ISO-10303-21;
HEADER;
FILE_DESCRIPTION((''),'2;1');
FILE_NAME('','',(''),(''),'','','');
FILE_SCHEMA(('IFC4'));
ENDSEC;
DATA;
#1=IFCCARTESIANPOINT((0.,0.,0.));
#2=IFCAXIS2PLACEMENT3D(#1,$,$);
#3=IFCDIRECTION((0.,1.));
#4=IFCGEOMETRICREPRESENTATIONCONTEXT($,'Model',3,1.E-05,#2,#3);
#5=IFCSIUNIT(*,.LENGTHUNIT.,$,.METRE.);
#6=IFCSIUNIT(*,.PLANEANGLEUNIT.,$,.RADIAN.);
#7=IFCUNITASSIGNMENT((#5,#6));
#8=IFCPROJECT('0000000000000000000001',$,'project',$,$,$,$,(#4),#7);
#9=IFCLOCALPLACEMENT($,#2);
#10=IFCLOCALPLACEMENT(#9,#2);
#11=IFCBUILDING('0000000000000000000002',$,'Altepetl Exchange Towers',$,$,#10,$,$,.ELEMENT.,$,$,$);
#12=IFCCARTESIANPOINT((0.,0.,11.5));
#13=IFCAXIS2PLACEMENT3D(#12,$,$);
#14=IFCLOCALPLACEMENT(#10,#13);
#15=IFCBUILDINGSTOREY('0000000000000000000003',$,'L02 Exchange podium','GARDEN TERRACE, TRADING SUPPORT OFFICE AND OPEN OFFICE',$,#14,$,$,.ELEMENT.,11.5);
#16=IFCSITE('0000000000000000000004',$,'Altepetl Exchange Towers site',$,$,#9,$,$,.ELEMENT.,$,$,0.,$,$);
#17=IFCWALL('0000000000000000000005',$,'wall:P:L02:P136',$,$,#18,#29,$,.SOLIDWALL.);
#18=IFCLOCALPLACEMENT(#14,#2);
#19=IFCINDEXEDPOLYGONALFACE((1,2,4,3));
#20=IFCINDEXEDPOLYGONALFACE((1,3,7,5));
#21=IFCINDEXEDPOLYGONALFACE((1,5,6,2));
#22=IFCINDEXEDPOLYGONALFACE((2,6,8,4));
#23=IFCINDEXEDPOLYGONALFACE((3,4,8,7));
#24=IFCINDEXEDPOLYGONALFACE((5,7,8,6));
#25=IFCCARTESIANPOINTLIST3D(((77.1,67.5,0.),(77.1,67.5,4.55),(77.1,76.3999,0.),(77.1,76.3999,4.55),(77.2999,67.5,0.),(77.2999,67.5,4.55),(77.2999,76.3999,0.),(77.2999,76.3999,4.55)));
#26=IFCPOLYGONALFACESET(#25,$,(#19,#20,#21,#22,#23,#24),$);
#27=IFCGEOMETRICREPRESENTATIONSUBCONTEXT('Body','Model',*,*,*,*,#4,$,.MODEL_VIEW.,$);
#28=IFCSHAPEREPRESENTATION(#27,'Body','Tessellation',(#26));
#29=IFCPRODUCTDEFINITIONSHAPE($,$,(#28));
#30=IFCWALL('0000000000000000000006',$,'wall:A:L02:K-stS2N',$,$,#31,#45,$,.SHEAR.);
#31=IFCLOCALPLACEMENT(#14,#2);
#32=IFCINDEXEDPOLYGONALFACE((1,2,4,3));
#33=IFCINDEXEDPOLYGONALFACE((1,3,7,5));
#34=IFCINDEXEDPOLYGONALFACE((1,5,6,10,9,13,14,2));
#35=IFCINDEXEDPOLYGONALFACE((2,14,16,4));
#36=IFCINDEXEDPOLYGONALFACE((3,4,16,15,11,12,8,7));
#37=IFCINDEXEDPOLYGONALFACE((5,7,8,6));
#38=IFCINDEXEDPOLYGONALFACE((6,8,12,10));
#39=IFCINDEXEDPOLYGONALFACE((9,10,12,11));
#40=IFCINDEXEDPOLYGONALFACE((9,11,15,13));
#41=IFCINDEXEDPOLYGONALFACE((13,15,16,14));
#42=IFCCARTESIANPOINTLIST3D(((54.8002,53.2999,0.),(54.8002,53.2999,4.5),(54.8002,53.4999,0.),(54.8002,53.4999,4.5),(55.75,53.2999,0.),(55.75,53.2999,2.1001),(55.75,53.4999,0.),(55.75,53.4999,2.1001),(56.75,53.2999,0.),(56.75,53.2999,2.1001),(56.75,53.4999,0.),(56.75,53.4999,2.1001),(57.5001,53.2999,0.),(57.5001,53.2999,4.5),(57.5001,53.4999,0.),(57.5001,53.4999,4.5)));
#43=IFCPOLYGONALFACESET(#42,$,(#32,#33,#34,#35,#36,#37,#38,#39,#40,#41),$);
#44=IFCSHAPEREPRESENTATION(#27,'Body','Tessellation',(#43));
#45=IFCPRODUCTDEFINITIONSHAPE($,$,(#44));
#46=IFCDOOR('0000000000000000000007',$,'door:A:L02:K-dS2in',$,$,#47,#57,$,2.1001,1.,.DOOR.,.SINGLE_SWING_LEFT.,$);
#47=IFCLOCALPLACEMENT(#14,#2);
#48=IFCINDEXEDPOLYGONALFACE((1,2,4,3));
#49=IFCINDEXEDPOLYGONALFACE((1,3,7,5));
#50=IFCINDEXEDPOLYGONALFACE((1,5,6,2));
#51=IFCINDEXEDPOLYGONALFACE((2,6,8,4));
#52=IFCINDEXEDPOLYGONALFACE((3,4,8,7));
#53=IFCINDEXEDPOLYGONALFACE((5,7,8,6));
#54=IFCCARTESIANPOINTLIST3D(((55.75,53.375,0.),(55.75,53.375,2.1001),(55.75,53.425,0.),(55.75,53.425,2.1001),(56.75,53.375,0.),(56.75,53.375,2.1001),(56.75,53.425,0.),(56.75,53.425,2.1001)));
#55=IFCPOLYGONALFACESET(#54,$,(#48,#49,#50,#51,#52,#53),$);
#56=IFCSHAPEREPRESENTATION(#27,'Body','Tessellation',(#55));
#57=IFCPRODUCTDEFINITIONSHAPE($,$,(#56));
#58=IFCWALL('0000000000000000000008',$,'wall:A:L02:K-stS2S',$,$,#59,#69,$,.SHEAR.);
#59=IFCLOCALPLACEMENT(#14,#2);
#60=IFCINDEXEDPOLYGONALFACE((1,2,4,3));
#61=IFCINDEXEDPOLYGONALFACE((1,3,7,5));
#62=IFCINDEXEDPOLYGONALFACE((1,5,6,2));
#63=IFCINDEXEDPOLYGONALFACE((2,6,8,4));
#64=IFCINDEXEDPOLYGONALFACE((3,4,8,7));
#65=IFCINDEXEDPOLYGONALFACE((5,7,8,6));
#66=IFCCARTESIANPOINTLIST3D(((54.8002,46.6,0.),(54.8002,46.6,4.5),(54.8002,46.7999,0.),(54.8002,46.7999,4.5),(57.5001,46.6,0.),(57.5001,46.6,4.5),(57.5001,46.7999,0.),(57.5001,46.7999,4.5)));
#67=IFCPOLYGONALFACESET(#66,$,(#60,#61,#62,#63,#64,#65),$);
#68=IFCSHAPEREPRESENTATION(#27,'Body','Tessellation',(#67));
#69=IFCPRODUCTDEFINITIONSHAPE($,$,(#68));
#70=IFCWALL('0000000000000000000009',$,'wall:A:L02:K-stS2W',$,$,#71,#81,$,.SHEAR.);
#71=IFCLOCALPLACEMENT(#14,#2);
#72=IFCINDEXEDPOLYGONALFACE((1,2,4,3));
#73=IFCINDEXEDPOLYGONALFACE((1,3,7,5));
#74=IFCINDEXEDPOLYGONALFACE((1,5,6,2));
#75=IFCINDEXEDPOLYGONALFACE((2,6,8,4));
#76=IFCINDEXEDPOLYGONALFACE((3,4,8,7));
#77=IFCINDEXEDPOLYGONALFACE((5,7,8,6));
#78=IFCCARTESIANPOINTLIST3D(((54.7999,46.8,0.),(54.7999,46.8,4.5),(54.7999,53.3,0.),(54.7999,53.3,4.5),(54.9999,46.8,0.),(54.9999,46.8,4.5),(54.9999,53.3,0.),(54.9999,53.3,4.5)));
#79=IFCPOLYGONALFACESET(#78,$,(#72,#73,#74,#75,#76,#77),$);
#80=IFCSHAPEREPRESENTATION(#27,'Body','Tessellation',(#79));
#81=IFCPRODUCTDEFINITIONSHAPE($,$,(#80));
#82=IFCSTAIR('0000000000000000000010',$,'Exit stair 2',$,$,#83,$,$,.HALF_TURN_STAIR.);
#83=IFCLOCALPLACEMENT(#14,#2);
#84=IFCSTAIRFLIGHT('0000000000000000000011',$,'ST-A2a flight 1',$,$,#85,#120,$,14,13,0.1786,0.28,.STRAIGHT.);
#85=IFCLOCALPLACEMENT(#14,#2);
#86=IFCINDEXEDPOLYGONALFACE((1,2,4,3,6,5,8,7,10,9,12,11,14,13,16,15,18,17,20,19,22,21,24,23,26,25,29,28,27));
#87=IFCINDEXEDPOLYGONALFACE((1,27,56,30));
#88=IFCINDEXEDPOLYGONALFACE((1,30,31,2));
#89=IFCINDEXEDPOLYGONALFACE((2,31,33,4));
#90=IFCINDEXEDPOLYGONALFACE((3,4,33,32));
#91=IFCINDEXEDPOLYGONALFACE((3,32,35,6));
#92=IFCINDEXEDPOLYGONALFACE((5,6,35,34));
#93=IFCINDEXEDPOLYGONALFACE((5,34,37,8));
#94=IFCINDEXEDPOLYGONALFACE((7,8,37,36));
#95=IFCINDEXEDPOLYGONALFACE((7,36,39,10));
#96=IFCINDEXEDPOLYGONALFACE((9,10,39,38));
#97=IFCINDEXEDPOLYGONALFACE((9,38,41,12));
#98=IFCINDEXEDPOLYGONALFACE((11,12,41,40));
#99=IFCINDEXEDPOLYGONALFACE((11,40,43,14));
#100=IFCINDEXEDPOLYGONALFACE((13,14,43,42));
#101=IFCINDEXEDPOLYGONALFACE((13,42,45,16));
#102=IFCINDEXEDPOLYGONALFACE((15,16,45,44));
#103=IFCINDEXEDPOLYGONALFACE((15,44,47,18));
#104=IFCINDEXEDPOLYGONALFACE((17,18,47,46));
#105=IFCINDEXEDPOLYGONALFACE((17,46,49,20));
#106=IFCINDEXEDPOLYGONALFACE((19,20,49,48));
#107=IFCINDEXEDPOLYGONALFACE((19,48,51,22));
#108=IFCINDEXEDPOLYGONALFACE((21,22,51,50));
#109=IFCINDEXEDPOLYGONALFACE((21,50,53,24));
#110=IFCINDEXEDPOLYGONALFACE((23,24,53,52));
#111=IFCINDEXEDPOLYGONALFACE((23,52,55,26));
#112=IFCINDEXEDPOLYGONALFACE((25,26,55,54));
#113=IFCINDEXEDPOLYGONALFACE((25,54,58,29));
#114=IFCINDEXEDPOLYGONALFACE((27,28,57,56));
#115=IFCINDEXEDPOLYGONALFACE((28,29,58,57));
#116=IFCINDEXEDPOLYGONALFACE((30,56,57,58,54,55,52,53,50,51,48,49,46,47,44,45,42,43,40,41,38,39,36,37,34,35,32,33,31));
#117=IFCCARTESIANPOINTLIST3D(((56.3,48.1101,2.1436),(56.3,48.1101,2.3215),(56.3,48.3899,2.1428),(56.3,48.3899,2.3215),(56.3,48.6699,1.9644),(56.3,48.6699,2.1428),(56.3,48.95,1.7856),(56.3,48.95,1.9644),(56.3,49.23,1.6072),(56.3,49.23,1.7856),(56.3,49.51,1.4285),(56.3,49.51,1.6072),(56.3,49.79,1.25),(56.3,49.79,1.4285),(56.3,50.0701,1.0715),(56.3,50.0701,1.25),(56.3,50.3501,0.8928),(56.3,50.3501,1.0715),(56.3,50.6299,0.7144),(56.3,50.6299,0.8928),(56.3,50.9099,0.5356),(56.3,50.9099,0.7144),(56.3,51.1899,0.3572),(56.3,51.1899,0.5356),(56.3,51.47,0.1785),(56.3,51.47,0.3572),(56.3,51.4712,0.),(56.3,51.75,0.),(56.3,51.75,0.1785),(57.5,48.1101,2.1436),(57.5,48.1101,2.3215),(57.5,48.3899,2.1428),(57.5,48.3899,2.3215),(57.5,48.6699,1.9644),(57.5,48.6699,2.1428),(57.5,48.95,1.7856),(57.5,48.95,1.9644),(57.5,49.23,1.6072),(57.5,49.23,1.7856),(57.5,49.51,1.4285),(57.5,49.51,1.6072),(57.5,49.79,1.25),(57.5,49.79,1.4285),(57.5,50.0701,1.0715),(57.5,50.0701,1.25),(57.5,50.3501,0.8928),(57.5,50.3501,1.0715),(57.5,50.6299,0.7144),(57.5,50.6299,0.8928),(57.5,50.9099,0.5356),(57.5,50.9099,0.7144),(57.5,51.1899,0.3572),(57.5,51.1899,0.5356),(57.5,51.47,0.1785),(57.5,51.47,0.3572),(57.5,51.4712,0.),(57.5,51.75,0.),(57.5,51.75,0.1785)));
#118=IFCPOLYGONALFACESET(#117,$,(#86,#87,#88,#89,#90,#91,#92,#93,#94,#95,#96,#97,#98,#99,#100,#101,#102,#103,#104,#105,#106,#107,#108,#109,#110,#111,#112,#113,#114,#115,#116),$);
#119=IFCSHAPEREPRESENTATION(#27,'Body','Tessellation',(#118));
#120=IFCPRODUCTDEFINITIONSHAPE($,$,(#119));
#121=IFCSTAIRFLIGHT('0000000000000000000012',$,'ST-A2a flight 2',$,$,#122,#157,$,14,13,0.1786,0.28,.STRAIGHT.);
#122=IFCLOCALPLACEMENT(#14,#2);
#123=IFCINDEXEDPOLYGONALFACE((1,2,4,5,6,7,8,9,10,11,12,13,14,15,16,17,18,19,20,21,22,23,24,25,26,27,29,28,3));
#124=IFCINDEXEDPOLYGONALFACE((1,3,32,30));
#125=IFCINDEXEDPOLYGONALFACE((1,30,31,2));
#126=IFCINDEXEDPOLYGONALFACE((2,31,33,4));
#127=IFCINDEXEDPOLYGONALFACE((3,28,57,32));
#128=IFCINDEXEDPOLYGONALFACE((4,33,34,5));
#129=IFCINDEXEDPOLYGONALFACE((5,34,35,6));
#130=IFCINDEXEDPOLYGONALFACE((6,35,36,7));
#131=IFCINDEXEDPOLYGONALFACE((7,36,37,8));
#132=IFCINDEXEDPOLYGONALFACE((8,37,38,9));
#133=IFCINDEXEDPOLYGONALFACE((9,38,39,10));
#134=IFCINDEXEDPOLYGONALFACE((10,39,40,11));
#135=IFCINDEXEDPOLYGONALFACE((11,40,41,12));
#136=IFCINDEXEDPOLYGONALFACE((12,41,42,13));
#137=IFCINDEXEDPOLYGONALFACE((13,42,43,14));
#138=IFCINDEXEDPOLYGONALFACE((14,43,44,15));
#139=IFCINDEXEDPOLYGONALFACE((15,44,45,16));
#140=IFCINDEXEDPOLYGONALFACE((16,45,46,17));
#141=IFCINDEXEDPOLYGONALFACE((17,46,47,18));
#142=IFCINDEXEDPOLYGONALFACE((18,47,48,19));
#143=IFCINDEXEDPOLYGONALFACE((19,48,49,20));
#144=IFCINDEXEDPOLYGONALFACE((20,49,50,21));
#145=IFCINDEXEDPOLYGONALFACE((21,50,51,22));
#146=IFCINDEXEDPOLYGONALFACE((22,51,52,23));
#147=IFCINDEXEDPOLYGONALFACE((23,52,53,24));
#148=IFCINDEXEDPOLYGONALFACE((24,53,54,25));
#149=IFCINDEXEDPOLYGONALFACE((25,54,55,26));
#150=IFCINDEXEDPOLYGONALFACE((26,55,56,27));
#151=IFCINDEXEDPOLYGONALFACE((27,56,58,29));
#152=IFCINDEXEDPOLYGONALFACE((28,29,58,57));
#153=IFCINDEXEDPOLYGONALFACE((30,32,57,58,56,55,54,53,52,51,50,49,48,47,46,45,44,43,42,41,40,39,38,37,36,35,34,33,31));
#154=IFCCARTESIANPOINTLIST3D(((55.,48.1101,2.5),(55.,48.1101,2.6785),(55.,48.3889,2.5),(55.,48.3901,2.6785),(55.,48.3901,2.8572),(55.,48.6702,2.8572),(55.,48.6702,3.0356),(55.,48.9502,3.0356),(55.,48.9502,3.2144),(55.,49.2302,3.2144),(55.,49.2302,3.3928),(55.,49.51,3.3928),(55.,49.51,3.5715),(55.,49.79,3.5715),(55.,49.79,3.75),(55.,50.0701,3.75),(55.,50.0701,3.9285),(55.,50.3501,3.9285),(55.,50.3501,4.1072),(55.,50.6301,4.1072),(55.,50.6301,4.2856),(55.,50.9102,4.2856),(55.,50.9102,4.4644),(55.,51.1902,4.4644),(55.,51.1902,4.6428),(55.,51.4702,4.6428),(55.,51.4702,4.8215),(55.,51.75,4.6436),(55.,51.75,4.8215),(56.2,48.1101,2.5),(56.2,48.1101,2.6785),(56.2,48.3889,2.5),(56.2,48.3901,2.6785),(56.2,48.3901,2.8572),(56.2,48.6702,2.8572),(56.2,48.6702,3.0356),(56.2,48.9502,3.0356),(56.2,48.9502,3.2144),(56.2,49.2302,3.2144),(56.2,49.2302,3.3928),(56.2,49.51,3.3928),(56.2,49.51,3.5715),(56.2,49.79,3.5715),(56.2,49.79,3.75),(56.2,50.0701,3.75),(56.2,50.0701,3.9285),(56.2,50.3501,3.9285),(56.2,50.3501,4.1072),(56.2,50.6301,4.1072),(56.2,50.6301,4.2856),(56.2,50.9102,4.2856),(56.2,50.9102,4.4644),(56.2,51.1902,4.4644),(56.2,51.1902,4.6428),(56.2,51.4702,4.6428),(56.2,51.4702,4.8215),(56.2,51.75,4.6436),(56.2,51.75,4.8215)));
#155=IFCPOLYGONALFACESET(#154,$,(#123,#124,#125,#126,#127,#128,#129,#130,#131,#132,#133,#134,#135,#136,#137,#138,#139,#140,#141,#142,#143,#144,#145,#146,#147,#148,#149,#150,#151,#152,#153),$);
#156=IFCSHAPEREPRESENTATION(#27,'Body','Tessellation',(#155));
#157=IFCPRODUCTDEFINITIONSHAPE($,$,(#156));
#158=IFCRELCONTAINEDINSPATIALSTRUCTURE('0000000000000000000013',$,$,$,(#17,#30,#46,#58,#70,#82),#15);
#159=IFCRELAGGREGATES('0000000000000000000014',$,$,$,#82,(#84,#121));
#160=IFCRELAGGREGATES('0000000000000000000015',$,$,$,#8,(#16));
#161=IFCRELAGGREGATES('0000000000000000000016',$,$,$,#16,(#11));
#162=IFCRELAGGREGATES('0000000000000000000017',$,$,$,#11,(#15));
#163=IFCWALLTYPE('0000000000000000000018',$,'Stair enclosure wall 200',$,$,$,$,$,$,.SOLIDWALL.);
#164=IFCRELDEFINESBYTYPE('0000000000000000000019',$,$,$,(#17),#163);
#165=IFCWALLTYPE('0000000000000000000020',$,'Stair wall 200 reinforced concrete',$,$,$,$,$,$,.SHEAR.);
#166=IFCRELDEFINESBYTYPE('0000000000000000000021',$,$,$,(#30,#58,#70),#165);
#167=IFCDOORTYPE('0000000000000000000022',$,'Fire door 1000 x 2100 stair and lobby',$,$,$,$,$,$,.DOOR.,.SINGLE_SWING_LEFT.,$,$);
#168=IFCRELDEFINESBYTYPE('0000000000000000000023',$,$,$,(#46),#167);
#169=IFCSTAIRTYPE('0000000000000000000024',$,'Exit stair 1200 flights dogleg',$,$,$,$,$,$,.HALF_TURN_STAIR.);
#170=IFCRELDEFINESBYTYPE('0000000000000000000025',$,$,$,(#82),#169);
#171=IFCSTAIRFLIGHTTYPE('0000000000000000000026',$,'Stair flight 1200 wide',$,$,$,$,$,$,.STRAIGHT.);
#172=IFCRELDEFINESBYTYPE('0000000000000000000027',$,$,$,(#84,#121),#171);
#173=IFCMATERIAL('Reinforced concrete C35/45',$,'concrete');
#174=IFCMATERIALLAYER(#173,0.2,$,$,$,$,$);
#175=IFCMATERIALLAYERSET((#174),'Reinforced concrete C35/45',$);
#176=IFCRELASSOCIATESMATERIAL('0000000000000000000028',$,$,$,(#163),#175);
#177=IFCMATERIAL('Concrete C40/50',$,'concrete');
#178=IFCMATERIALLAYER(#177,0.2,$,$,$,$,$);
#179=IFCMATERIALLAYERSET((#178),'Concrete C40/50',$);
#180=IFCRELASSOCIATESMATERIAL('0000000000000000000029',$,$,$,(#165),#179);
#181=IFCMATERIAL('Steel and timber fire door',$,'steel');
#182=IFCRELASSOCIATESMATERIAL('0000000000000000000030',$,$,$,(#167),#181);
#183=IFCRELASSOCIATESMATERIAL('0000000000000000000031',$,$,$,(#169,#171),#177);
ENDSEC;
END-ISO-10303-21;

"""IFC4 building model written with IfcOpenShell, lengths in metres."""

from ifc_helpers import new_model, si_unit, direction, frame, frame_2d, origin, place, context, subcontext, project, spatial, polyline, rectangle, outline, extrude, material, layer, layer_set, type_object, element, fill, aggregate, save


model = new_model("IFC4")

# Units and contexts
model_context = context("Model", 3, precision=1e-05, world=origin(), true_north=direction((0.0, 1.0)))
body_context = subcontext(model_context, "Body", "Model", "MODEL_VIEW")
ifc_project = project(units=[si_unit("LENGTHUNIT", "METRE"), si_unit("PLANEANGLEUNIT", "RADIAN")], contexts=[model_context])

# Site, building, storey
site_placement = place(None, origin())
site = spatial("IfcSite", under=ifc_project, at=site_placement, Name="Altepetl Exchange Towers site", CompositionType="ELEMENT", RefElevation=0.0)
building_placement = place(site_placement, origin())
building = spatial("IfcBuilding", under=site, at=building_placement, Name="Altepetl Exchange Towers", CompositionType="ELEMENT")
storey_placement = place(building_placement, frame((0.0, 0.0, 11.5)))
storey = spatial("IfcBuildingStorey", under=building, at=storey_placement, Name="L02 Exchange podium", Description="GARDEN TERRACE, TRADING SUPPORT OFFICE AND OPEN OFFICE", CompositionType="ELEMENT", Elevation=11.5)

# Wall
ifc_material_1 = material(Name="Concrete C40/50", Category="concrete")
ifc_material_2 = material(Name="Reinforced concrete C35/45", Category="concrete")
ifc_layer_1 = layer(ifc_material_2, 0.2)
ifc_layer_set_1 = layer_set([ifc_layer_1], Name="Reinforced concrete C35/45")
wall_type_1 = type_object("IfcWallType", Name="Stair enclosure wall 200", PredefinedType="SOLIDWALL", material=ifc_layer_set_1)
wall_1_placement = place(storey_placement, frame((77.2, 67.5, 0.0), z_axis=(0.0, 0.0, 1.0), x_axis=(0.0, 1.0, 0.0)))
element("IfcWall", 1, at=wall_1_placement, inside=storey, type_object=wall_type_1, Name="wall:P:L02:P136", PredefinedType="SOLIDWALL", context=body_context, shape_type="SweptSolid", body=[
    extrude(rectangle(XDim=8.8999, YDim=0.2, at=frame_2d((4.45, 0.0))), origin(), (0.0, 0.0, 1.0), 4.55),
])

# Wall, opening, door
ifc_layer_2 = layer(ifc_material_1, 0.2)
ifc_layer_set_2 = layer_set([ifc_layer_2], Name="Concrete C40/50")
wall_type_2 = type_object("IfcWallType", Name="Stair wall 200 reinforced concrete", PredefinedType="SHEAR", material=ifc_layer_set_2)
wall_2_placement = place(storey_placement, frame((54.8, 53.3999, 0.0)))
wall_2 = element("IfcWall", 2, at=wall_2_placement, inside=storey, type_object=wall_type_2, Name="wall:A:L02:K-stS2N", PredefinedType="SHEAR", context=body_context, shape_type="SweptSolid", body=[
    extrude(rectangle(XDim=2.7, YDim=0.2, at=frame_2d((1.3501, 0.0))), origin(), (0.0, 0.0, 1.0), 4.5),
])
opening_1_placement = place(wall_2_placement, frame((0.95, 0.0, 0.0)))
opening_1 = element("IfcOpeningElement", 3, at=opening_1_placement, cuts=wall_2, PredefinedType="OPENING", context=body_context, shape_type="SweptSolid", body=[
    extrude(rectangle(XDim=1.0, YDim=2.1001, at=frame_2d((0.5, 1.05))), frame((0.0, 0.1099, 0.0), z_axis=(0.0, -1.0, 0.0), x_axis=(1.0, 0.0, 0.0)), (0.0, 0.0, 1.0), 0.22),
])
ifc_material_3 = material(Name="Steel and timber fire door", Category="steel")
door_type_1 = type_object("IfcDoorType", Name="Fire door 1000 x 2100 stair and lobby", OperationType="SINGLE_SWING_LEFT", PredefinedType="DOOR", material=ifc_material_3)
door_1_placement = place(opening_1_placement, frame((1.0, 0.0, 0.0), x_axis=(-1.0, 0.0, 0.0)))
door_1 = element("IfcDoor", 4, at=door_1_placement, inside=storey, type_object=door_type_1, Name="door:A:L02:K-dS2in", OperationType="SINGLE_SWING_LEFT", OverallHeight=2.1001, OverallWidth=1.0, PredefinedType="DOOR", context=body_context, shape_type="SweptSolid", body=[
    extrude(rectangle(XDim=1.0, YDim=2.1001, at=frame_2d((0.5, 1.05))), frame((0.0, 0.0249, 0.0), z_axis=(0.0, -1.0, 0.0), x_axis=(1.0, 0.0, 0.0)), (0.0, 0.0, 1.0), 0.05),
])
fill(opening_1, door_1)

# Walls
wall_3_placement = place(storey_placement, frame((54.8, 46.7, 0.0)))
element("IfcWall", 5, at=wall_3_placement, inside=storey, type_object=wall_type_2, Name="wall:A:L02:K-stS2S", PredefinedType="SHEAR", context=body_context, shape_type="SweptSolid", body=[
    extrude(rectangle(XDim=2.7, YDim=0.2, at=frame_2d((1.3501, 0.0))), origin(), (0.0, 0.0, 1.0), 4.5),
])
wall_4_placement = place(storey_placement, frame((54.8999, 46.8, 0.0), z_axis=(0.0, 0.0, 1.0), x_axis=(0.0, 1.0, 0.0)))
element("IfcWall", 6, at=wall_4_placement, inside=storey, type_object=wall_type_2, Name="wall:A:L02:K-stS2W", PredefinedType="SHEAR", context=body_context, shape_type="SweptSolid", body=[
    extrude(rectangle(XDim=6.5, YDim=0.2, at=frame_2d((3.25, 0.0))), origin(), (0.0, 0.0, 1.0), 4.5),
])

# Stair, stair flights
stair_type = type_object("IfcStairType", Name="Exit stair 1200 flights dogleg", PredefinedType="HALF_TURN_STAIR", material=ifc_material_1)
stair_placement = place(storey_placement, origin())
stair = element("IfcStair", 7, at=stair_placement, inside=storey, type_object=stair_type, Name="Exit stair 2", PredefinedType="HALF_TURN_STAIR")
stair_flight_type = type_object("IfcStairFlightType", Name="Stair flight 1200 wide", PredefinedType="STRAIGHT", material=ifc_material_1)
stair_flight_1_placement = place(storey_placement, frame((56.8999, 51.75, 0.0), z_axis=(0.0, 0.0, 1.0), x_axis=(0.0, -1.0, 0.0)))
stair_flight_1 = element("IfcStairFlight", 8, at=stair_flight_1_placement, type_object=stair_flight_type, Name="ST-A2a flight 1", NumberOfRisers=14, NumberOfTreads=13, PredefinedType="STRAIGHT", RiserHeight=0.1786, TreadLength=0.28, context=body_context, shape_type="SweptSolid", body=[
    extrude(outline(polyline([(0.0, 0.0), (0.0, 0.1785), (0.28, 0.1785), (0.28, 0.3572), (0.5601, 0.3572), (0.5601, 0.5356), (0.8401, 0.5356), (0.8401, 0.7144), (1.1201, 0.7144), (1.1201, 0.8928), (1.3999, 0.8928), (1.3999, 1.0715), (1.6799, 1.0715), (1.6799, 1.25), (1.96, 1.25), (1.96, 1.4285), (2.24, 1.4285), (2.24, 1.6072), (2.52, 1.6072), (2.52, 1.7856), (2.8, 1.7856), (2.8, 1.9644), (3.0801, 1.9644), (3.0801, 2.1428), (3.3601, 2.1428), (3.3601, 2.3215), (3.6399, 2.3215), (3.6399, 2.5), (3.6399, 2.1436), (0.2788, 0.0), (0.0, 0.0)])), frame((0.0, 0.6001, 0.0), z_axis=(0.0, -1.0, 0.0), x_axis=(1.0, 0.0, 0.0)), (0.0, 0.0, 1.0), 1.2),
])
stair_flight_2_placement = place(storey_placement, frame((55.6001, 48.1101, 2.5), z_axis=(0.0, 0.0, 1.0), x_axis=(0.0, 1.0, 0.0)))
stair_flight_2 = element("IfcStairFlight", 9, at=stair_flight_2_placement, type_object=stair_flight_type, Name="ST-A2a flight 2", NumberOfRisers=14, NumberOfTreads=13, PredefinedType="STRAIGHT", RiserHeight=0.1786, TreadLength=0.28, context=body_context, shape_type="SweptSolid", body=[
    extrude(outline(polyline([(0.0, 0.0), (0.0, 0.1785), (0.28, 0.1785), (0.28, 0.3572), (0.5601, 0.3572), (0.5601, 0.5356), (0.8401, 0.5356), (0.8401, 0.7144), (1.1201, 0.7144), (1.1201, 0.8928), (1.3999, 0.8928), (1.3999, 1.0715), (1.6799, 1.0715), (1.6799, 1.25), (1.96, 1.25), (1.96, 1.4285), (2.24, 1.4285), (2.24, 1.6072), (2.52, 1.6072), (2.52, 1.7856), (2.8, 1.7856), (2.8, 1.9644), (3.0801, 1.9644), (3.0801, 2.1428), (3.3601, 2.1428), (3.3601, 2.3215), (3.6399, 2.3215), (3.6399, 2.5), (3.6399, 2.1436), (0.2788, 0.0), (0.0, 0.0)])), frame((0.0, 0.6001, 0.0), z_axis=(0.0, -1.0, 0.0), x_axis=(1.0, 0.0, 0.0)), (0.0, 0.0, 1.0), 1.2),
])
aggregate(stair, [stair_flight_1, stair_flight_2])

save(model, "model.ifc")
